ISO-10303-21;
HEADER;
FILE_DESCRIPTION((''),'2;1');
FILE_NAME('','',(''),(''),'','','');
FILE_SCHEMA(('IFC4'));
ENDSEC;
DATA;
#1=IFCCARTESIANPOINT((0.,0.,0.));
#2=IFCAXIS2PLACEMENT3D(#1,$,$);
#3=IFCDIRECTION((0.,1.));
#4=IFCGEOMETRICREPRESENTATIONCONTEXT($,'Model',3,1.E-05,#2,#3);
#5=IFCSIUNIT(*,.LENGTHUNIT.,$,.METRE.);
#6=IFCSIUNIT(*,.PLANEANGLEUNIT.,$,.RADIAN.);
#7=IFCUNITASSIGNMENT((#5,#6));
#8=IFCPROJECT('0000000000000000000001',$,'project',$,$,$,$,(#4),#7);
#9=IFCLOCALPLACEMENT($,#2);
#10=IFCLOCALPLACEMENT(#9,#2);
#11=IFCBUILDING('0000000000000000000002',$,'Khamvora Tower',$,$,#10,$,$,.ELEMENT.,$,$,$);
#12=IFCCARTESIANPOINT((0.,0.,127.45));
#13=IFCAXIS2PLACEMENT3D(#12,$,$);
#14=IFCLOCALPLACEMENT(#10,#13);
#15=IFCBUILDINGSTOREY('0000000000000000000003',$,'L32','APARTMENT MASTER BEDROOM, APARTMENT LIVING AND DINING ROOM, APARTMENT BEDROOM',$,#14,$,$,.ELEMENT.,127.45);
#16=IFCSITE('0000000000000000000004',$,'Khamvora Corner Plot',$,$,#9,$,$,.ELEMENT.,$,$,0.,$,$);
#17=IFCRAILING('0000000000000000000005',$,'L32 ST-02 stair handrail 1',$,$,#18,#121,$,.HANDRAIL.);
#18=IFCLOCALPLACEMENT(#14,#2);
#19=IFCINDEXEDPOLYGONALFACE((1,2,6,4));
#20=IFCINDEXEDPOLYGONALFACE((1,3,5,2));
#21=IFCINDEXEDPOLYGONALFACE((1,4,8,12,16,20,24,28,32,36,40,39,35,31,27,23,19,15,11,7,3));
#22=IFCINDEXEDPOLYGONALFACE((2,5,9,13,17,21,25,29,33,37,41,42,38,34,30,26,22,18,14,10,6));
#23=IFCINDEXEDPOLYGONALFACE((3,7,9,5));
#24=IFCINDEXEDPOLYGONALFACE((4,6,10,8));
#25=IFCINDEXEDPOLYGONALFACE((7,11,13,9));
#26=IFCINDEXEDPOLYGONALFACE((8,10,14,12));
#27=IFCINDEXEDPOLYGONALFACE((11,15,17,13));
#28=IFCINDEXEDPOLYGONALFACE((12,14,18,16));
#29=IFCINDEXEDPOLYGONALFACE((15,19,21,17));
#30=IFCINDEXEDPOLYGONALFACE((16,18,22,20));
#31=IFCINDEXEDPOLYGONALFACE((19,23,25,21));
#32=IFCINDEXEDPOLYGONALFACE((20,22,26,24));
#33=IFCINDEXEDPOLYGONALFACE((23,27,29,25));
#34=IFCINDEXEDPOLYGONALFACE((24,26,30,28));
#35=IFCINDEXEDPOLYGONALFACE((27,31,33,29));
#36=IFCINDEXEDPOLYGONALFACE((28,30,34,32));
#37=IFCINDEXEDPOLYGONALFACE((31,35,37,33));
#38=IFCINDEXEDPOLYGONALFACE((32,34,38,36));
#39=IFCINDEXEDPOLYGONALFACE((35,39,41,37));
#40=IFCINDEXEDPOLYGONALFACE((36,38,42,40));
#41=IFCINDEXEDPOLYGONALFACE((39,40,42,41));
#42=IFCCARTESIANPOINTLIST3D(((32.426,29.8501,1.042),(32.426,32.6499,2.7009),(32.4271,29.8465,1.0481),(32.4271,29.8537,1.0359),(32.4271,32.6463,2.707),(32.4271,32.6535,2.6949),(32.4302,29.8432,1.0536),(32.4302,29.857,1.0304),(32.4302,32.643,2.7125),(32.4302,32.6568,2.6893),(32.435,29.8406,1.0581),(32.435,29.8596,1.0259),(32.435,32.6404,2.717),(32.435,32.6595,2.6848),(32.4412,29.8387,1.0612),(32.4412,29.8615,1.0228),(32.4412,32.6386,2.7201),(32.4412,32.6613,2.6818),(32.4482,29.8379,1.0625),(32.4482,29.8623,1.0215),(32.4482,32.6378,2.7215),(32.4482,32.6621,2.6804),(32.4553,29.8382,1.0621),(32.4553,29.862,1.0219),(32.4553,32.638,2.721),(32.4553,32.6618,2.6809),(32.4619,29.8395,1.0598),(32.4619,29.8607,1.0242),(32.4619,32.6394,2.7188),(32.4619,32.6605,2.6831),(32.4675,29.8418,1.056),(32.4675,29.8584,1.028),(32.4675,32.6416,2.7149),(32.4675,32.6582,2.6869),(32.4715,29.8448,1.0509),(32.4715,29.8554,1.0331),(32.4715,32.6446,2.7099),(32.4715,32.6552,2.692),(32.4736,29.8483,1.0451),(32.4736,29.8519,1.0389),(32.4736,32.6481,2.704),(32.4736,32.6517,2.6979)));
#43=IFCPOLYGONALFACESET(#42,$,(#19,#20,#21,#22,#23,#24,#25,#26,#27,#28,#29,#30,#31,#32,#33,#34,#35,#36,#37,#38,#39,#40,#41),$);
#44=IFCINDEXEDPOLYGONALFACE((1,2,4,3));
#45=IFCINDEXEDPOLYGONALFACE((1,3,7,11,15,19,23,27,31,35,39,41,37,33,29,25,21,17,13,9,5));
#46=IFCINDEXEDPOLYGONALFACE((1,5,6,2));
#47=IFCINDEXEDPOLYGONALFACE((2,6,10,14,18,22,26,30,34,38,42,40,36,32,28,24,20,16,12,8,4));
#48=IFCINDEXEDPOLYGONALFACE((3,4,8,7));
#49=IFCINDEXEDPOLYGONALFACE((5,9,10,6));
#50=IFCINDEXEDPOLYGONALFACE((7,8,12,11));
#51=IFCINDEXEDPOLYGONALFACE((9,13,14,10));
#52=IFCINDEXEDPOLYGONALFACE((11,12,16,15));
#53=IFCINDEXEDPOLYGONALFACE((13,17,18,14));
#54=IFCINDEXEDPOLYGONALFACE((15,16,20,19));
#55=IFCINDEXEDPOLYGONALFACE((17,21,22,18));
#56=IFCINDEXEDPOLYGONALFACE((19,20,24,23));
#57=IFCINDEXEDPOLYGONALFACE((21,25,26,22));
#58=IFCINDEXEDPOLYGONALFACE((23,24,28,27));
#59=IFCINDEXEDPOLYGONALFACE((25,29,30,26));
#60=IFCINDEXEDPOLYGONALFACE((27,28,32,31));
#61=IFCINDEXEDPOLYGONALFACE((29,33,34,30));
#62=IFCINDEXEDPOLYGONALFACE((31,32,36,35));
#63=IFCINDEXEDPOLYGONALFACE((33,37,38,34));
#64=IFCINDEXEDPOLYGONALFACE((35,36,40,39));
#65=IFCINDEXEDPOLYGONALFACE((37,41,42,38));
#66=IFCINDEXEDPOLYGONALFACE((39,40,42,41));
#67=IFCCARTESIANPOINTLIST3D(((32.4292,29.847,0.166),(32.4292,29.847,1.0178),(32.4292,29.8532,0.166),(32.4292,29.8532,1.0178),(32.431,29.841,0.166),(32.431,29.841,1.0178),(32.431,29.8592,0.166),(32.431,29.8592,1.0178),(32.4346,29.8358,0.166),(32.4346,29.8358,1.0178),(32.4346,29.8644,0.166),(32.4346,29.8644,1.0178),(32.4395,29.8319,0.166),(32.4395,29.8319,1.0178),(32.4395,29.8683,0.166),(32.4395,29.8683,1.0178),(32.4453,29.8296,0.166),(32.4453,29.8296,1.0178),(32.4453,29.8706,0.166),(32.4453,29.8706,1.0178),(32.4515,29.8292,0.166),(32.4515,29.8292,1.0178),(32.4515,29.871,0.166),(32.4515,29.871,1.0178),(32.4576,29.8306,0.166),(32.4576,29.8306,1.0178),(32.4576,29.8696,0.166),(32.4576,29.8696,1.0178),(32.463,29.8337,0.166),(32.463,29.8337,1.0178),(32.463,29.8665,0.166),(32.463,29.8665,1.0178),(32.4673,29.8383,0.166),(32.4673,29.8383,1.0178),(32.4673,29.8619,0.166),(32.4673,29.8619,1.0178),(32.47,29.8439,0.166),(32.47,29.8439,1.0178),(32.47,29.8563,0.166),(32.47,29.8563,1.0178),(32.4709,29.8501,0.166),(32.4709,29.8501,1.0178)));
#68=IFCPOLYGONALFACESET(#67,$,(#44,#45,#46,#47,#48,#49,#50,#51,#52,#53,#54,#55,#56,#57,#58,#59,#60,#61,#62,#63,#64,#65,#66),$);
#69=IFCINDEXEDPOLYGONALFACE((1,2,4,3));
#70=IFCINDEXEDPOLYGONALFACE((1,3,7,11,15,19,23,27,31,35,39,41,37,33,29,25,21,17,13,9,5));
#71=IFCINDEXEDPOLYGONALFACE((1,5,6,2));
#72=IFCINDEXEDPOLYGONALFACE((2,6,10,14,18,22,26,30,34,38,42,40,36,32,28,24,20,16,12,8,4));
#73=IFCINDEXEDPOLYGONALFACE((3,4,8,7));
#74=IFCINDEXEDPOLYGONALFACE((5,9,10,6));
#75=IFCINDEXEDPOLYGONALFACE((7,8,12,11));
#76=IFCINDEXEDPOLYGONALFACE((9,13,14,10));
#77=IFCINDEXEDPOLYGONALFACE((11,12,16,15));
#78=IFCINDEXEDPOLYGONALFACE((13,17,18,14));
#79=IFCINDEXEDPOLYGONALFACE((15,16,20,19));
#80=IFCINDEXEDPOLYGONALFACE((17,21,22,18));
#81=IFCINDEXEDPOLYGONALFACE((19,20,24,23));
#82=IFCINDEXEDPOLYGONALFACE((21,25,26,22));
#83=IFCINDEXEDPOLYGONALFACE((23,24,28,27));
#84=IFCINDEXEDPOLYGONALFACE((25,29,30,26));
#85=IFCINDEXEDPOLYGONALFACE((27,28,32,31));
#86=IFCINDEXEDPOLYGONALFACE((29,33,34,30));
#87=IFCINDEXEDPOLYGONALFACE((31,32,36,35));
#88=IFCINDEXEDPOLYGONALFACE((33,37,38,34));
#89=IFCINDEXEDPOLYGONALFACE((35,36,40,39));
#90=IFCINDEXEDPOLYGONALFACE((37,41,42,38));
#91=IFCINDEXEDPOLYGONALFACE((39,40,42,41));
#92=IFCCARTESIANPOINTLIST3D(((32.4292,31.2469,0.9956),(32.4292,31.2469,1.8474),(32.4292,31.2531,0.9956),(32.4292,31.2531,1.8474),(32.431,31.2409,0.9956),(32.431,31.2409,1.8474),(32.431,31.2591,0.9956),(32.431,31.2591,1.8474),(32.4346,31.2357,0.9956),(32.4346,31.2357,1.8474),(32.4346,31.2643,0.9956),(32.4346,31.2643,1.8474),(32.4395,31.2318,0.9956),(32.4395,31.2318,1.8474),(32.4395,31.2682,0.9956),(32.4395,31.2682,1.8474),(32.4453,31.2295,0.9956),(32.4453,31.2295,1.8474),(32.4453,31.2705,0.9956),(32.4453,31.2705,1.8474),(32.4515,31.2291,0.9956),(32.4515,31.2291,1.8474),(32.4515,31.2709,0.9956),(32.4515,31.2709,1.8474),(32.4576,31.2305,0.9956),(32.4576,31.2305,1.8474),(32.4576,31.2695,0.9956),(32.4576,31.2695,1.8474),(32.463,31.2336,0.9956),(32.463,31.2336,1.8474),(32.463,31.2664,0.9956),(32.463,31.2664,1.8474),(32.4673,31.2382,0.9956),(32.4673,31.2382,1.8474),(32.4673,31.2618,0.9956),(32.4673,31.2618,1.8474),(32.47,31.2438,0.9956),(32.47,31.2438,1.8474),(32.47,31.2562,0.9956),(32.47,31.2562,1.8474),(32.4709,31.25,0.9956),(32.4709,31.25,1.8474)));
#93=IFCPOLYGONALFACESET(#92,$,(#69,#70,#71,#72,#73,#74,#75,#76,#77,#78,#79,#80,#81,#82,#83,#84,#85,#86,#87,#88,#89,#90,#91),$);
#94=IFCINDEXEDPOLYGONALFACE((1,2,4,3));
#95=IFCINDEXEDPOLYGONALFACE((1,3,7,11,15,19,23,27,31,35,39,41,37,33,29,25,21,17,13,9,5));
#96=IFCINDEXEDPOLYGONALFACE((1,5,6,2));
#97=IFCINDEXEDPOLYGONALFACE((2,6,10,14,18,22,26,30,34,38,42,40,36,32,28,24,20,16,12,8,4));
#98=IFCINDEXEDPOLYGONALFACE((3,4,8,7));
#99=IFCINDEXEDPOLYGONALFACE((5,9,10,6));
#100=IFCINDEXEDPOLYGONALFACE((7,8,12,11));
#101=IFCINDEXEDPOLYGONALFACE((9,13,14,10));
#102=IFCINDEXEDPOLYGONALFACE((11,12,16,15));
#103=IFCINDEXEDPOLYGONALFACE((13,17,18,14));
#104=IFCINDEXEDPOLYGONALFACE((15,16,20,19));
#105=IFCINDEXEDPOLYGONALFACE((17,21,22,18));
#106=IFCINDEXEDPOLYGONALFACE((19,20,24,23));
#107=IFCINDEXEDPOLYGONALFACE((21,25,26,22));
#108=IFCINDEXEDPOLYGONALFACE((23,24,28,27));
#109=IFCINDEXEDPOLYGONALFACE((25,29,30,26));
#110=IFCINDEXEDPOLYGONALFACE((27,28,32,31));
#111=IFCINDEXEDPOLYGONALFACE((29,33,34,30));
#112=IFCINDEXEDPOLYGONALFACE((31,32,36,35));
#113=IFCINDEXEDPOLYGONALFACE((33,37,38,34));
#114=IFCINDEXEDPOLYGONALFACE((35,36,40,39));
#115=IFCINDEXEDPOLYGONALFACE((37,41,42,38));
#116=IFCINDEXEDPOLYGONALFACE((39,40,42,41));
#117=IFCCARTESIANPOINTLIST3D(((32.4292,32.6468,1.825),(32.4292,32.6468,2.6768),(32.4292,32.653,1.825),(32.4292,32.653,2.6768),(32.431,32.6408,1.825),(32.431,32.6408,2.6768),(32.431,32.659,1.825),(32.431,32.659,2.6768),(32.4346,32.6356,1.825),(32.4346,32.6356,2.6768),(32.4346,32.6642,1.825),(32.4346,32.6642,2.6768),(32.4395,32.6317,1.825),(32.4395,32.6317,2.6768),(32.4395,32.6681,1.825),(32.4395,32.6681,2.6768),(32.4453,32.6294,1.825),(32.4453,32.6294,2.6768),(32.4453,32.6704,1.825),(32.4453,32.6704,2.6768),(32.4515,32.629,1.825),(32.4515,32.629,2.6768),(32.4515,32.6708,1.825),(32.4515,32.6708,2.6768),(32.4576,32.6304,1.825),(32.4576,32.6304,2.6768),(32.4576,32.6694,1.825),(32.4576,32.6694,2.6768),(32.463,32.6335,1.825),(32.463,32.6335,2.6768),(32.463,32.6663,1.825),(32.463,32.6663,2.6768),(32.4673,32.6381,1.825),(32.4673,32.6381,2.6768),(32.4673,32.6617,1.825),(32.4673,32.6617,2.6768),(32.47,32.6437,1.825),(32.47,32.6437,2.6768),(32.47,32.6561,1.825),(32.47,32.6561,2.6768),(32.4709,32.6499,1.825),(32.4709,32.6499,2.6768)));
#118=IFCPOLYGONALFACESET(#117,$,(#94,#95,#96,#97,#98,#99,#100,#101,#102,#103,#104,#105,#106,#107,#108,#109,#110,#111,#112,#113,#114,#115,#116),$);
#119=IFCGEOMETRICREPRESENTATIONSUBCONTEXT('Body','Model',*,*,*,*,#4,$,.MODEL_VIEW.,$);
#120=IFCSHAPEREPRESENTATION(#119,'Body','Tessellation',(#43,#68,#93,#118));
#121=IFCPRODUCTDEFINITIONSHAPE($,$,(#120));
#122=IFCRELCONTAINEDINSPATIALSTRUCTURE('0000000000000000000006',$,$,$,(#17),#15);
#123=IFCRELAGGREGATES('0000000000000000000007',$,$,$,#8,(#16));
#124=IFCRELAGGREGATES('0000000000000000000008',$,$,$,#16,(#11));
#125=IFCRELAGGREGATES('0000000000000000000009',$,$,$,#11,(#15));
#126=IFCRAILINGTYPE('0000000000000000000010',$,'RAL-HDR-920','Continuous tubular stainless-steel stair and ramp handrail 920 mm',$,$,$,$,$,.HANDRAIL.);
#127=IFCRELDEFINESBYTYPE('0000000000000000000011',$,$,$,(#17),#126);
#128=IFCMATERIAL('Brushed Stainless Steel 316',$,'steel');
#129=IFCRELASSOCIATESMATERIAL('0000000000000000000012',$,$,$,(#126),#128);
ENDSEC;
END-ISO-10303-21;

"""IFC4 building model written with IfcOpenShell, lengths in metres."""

from ifc_helpers import new_model, si_unit, direction, frame, origin, origin_2d, place, context, subcontext, project, spatial, circle, extrude, material, type_object, element, save


model = new_model("IFC4")

# Units and contexts
model_context = context("Model", 3, precision=1e-05, world=origin(), true_north=direction((0.0, 1.0)))
body_context = subcontext(model_context, "Body", "Model", "MODEL_VIEW")
ifc_project = project(units=[si_unit("LENGTHUNIT", "METRE"), si_unit("PLANEANGLEUNIT", "RADIAN")], contexts=[model_context])

# Site, building, storey
site_placement = place(None, origin())
site = spatial("IfcSite", under=ifc_project, at=site_placement, Name="Khamvora Corner Plot", CompositionType="ELEMENT", RefElevation=0.0)
building_placement = place(site_placement, origin())
building = spatial("IfcBuilding", under=site, at=building_placement, Name="Khamvora Tower", CompositionType="ELEMENT")
storey_placement = place(building_placement, frame((0.0, 0.0, 127.45)))
storey = spatial("IfcBuildingStorey", under=building, at=storey_placement, Name="L32", Description="APARTMENT MASTER BEDROOM, APARTMENT LIVING AND DINING ROOM, APARTMENT BEDROOM", CompositionType="ELEMENT", Elevation=127.45)

# Railing
ifc_material_1 = material(Name="Brushed Stainless Steel 316", Category="steel")
railing_type_1 = type_object("IfcRailingType", Name="RAL-HDR-920", Description="Continuous tubular stainless-steel stair and ramp handrail 920 mm", PredefinedType="HANDRAIL", material=ifc_material_1)
railing_1_placement = place(storey_placement, frame((32.45, 29.8501, 0.166)))
element("IfcRailing", 1, at=railing_1_placement, inside=storey, type_object=railing_type_1, Name="L32 ST-02 stair handrail 1", PredefinedType="HANDRAIL", context=body_context, shape_type="SweptSolid", body=[
    extrude(circle(Radius=0.0239, at=origin_2d()), frame((0.0, 0.0, 0.876), z_axis=(0.0, 0.86032, 0.509755), x_axis=(-1.0, 0.0, 0.0)), (0.0, 0.0, 1.0), 3.2544),
    extrude(circle(Radius=0.021, at=origin_2d()), origin(), (0.0, 0.0, 1.0), 0.8518),
    extrude(circle(Radius=0.021, at=origin_2d()), frame((0.0, 1.3999, 0.8296)), (0.0, 0.0, 1.0), 0.8518),
    extrude(circle(Radius=0.021, at=origin_2d()), frame((0.0, 2.7998, 1.6589)), (0.0, 0.0, 1.0), 0.8518),
])

save(model, "model.ifc")
